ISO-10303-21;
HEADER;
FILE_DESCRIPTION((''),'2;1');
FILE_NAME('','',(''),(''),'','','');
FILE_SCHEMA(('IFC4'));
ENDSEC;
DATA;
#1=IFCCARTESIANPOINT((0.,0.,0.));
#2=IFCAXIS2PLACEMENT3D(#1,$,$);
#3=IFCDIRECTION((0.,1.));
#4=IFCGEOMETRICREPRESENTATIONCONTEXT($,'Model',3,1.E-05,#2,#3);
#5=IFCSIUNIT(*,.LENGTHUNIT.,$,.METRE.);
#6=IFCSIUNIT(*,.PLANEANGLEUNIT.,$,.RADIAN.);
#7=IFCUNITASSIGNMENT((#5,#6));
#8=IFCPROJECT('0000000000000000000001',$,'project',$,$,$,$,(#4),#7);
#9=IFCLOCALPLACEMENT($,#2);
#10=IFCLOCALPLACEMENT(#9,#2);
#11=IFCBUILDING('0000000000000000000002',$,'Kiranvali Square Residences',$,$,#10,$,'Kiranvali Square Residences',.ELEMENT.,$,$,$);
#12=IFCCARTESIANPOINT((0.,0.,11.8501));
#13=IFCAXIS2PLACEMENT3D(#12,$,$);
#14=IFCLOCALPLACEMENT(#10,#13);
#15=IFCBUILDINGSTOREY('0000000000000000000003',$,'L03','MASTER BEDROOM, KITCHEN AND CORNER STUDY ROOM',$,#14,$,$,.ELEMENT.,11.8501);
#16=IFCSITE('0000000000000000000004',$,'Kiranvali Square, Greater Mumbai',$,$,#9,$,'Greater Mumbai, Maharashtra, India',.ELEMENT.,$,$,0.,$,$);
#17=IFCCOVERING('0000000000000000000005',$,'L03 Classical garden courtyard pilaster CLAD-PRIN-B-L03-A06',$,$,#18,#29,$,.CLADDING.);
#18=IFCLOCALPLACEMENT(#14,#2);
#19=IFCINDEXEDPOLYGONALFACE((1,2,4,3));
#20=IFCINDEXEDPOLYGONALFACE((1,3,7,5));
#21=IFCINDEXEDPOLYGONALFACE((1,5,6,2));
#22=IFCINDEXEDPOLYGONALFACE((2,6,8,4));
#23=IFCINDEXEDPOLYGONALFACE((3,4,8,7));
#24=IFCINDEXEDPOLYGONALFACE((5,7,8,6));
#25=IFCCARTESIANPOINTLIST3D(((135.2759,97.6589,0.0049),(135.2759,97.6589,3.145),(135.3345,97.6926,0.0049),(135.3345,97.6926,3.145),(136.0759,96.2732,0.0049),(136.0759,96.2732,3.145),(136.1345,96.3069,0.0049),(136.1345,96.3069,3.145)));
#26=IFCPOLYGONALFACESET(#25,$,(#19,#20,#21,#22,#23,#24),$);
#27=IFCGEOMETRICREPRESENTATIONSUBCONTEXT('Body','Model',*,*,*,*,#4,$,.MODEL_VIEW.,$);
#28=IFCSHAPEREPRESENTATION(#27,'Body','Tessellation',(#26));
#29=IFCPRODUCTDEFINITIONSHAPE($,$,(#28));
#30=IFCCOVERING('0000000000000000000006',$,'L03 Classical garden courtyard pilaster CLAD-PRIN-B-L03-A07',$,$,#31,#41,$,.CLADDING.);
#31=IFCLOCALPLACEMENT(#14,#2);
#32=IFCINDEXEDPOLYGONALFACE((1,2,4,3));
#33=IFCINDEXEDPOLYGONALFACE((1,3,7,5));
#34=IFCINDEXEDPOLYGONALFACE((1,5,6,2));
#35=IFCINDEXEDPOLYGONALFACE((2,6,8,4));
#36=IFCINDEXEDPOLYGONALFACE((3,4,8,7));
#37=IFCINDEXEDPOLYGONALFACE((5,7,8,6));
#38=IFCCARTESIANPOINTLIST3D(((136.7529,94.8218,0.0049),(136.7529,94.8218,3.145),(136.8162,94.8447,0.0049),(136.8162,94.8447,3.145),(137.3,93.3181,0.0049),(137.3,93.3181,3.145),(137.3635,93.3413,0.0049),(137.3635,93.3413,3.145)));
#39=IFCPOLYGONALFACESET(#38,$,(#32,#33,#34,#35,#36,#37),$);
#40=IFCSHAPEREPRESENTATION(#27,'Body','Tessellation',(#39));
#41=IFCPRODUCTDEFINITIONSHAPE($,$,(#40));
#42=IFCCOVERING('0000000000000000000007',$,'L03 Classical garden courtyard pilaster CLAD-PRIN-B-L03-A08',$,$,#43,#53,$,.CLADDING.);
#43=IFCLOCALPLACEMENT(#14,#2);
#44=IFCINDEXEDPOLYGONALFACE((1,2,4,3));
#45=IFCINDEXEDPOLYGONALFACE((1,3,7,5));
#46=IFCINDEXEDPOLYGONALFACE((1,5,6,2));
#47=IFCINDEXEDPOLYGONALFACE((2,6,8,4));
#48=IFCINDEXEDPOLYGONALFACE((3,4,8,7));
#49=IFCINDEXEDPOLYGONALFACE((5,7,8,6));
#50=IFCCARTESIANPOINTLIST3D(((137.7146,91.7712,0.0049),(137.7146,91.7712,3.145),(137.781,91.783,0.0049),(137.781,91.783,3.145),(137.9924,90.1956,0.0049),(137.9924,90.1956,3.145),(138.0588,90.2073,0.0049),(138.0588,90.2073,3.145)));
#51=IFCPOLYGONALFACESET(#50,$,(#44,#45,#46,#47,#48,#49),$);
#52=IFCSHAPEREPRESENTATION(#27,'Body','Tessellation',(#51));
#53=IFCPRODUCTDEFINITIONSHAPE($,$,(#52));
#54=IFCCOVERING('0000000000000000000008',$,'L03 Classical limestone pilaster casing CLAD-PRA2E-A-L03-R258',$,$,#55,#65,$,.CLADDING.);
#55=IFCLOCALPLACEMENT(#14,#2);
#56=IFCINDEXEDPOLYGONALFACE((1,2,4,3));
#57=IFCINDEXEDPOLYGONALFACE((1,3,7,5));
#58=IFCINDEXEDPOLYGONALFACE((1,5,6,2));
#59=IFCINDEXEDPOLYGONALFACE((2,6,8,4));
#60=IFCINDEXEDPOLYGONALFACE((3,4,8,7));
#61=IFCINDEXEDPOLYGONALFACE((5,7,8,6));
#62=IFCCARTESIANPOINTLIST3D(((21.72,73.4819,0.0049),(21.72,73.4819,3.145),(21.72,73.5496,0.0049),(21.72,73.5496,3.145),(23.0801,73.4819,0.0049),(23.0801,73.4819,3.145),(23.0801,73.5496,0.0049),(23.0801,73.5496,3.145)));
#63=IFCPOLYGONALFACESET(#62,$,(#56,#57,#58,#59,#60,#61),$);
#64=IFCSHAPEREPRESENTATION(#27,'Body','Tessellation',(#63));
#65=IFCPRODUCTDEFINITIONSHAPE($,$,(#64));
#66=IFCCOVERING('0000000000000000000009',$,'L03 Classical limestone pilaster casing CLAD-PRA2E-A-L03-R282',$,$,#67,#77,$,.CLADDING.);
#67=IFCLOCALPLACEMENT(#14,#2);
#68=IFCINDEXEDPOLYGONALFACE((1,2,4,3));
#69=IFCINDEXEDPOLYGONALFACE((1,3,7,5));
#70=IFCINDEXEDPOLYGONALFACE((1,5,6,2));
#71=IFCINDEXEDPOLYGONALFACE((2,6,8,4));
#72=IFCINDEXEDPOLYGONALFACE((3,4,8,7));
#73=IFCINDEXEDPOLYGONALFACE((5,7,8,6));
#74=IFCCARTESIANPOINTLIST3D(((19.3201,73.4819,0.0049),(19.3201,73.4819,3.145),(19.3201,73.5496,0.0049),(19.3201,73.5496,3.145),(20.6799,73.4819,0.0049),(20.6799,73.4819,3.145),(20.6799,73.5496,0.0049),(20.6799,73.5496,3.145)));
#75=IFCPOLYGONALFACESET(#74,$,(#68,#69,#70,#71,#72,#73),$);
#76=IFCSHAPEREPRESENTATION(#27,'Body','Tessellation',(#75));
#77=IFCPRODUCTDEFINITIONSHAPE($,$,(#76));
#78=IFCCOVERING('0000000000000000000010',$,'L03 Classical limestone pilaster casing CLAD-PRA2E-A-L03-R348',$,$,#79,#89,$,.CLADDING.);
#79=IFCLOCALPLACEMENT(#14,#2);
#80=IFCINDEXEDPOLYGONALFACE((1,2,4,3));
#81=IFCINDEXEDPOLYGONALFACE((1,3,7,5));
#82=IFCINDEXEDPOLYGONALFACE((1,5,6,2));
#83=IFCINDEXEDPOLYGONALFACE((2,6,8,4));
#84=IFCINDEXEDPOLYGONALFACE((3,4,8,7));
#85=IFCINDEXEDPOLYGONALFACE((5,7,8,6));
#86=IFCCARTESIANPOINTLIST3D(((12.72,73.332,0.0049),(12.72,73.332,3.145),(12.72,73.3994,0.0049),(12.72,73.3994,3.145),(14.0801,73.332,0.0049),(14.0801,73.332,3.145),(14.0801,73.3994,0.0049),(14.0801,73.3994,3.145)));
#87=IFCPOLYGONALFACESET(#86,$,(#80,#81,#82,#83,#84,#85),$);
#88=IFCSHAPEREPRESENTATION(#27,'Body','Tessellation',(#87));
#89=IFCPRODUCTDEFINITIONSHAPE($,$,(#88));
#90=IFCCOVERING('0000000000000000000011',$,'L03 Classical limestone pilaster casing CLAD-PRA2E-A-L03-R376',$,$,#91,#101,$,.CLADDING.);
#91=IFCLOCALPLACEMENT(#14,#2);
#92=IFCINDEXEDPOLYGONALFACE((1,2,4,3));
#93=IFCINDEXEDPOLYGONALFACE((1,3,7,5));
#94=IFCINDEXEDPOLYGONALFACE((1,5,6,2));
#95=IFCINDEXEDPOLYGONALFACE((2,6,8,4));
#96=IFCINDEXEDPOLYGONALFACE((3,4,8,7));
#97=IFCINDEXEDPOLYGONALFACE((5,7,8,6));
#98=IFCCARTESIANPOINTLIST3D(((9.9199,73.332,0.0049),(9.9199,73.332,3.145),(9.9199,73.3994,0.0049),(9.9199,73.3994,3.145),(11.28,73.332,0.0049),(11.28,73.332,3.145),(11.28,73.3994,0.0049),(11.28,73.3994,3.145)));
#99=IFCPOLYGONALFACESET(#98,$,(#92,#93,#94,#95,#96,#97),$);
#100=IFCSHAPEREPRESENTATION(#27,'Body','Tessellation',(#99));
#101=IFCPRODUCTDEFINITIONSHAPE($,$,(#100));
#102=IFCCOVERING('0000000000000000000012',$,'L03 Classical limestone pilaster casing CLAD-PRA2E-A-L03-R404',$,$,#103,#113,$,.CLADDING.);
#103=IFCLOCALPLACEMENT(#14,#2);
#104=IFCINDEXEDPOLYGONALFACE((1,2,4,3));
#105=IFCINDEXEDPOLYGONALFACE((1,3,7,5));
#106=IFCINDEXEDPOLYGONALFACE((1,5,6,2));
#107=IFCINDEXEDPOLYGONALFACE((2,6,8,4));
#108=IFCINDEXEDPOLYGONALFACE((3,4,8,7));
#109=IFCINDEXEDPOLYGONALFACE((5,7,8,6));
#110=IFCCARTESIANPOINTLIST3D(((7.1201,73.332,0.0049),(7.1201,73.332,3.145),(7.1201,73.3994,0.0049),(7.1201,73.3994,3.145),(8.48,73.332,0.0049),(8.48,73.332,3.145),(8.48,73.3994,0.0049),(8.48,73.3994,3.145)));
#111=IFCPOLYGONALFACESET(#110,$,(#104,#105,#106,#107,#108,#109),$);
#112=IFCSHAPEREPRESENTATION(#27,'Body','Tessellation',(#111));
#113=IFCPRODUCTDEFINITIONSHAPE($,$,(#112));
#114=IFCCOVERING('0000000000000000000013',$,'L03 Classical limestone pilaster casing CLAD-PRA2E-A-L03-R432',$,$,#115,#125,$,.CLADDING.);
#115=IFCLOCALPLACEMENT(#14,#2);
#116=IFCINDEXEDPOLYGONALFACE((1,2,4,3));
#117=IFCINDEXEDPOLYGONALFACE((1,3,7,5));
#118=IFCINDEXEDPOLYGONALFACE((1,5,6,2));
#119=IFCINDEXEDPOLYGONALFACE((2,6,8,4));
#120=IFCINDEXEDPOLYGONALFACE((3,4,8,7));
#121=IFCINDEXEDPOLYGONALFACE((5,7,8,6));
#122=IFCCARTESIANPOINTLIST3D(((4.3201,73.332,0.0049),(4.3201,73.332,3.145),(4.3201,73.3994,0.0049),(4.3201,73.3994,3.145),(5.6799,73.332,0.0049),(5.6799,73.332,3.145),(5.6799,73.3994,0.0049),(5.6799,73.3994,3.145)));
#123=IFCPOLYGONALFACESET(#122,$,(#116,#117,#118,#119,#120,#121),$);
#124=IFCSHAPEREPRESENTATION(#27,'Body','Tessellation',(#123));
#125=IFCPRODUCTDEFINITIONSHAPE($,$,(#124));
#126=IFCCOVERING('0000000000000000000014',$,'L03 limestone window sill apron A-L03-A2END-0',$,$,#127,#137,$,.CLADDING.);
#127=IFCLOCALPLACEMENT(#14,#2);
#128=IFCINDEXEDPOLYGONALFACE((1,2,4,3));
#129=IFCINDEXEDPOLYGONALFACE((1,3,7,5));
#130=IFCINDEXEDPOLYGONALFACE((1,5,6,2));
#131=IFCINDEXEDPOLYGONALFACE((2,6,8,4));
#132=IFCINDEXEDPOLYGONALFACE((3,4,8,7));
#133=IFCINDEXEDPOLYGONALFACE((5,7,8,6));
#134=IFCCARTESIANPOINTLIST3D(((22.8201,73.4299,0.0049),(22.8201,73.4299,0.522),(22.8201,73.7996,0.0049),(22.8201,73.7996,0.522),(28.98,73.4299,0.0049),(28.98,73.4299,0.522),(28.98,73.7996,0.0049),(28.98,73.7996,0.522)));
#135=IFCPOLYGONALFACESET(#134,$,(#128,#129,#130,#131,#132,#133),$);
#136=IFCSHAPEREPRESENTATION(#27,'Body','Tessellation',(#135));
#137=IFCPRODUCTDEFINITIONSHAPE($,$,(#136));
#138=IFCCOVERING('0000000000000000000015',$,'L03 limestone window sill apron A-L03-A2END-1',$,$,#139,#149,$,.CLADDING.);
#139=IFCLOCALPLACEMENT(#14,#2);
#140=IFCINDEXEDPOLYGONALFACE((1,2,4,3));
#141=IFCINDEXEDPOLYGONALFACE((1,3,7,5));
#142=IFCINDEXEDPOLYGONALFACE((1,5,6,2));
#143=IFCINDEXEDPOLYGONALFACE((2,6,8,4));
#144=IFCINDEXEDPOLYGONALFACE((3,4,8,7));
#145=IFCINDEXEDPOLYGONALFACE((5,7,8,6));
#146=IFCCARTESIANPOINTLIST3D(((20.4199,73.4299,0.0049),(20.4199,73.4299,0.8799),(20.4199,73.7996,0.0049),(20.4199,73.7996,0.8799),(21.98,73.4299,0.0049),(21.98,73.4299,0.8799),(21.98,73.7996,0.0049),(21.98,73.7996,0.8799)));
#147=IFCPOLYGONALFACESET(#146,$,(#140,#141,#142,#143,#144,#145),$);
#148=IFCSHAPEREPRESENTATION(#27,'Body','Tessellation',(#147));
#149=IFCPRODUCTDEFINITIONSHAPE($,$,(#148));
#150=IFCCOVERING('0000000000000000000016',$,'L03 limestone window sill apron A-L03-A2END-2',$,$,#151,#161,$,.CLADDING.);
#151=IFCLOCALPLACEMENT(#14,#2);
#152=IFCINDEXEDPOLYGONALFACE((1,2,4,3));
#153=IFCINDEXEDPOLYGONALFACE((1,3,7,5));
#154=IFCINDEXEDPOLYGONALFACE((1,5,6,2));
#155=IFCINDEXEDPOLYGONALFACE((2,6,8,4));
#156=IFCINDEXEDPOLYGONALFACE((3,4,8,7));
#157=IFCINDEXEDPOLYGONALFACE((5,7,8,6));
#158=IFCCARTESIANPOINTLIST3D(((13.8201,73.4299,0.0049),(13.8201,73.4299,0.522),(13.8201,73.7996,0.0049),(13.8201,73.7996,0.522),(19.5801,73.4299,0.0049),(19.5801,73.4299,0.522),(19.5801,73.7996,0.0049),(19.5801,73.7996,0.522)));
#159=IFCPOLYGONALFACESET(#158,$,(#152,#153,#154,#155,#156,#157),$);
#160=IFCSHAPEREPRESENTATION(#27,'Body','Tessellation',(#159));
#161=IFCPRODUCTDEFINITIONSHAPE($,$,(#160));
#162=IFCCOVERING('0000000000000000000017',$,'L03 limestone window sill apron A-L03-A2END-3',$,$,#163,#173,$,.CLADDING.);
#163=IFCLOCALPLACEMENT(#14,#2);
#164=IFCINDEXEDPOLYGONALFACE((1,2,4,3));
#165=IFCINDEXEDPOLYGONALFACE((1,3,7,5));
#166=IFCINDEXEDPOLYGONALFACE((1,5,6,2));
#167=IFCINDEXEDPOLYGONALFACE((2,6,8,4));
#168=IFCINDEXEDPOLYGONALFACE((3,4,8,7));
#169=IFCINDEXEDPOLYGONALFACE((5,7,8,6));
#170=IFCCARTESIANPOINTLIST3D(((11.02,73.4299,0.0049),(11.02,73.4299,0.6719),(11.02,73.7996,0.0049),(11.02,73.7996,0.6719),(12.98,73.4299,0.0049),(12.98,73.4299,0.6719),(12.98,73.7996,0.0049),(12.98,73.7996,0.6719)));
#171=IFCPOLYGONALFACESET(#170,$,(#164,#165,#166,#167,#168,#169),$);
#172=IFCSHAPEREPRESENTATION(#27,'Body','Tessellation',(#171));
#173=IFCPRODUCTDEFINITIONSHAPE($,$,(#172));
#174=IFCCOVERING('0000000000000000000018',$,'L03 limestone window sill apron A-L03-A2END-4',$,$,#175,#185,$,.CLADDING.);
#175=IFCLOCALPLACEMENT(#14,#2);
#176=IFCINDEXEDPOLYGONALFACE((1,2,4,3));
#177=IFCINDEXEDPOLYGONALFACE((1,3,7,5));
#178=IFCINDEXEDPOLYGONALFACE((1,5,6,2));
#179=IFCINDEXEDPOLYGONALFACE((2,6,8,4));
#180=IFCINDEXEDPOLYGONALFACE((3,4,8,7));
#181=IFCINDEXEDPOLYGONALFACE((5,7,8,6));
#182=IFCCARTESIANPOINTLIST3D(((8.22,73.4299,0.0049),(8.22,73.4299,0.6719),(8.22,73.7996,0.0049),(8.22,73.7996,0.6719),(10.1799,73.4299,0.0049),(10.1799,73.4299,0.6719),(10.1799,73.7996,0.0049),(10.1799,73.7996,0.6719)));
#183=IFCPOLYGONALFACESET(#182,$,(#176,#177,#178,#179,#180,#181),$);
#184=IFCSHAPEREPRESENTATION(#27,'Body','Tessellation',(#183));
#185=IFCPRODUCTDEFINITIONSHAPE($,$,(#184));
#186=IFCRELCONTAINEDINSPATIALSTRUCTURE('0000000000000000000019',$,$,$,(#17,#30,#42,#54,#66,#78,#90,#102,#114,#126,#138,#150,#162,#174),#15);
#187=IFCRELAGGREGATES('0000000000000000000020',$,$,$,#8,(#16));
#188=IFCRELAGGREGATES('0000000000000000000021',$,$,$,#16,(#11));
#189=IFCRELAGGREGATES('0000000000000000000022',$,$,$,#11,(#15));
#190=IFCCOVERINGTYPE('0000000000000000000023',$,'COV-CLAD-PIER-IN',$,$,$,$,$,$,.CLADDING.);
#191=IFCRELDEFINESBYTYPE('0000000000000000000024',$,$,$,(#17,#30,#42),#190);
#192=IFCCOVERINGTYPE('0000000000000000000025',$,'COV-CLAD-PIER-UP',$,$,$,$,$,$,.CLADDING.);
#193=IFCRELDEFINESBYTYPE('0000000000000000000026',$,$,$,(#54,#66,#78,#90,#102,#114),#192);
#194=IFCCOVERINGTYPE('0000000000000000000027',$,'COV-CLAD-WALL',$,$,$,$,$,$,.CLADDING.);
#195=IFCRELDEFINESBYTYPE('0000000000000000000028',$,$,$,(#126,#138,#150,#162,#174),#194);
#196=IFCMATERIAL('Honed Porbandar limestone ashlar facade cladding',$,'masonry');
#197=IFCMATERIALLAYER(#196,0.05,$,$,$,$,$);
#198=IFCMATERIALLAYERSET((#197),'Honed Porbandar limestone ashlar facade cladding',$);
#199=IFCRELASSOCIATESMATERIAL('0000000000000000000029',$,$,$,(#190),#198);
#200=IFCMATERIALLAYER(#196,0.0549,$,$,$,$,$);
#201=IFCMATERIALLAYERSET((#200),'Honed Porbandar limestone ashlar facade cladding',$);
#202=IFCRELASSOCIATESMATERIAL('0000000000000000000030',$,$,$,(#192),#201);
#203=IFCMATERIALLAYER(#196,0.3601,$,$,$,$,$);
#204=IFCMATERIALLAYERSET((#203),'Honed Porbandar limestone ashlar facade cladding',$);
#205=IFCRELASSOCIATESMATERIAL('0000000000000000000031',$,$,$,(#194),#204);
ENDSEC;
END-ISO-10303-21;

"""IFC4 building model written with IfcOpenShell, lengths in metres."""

from ifc_helpers import new_model, si_unit, direction, frame, origin, place, context, subcontext, project, spatial, polyline, outline, extrude, material, layer, layer_set, type_object, element, save


model = new_model("IFC4")

# Units and contexts
model_context = context("Model", 3, precision=1e-05, world=origin(), true_north=direction((0.0, 1.0)))
body_context = subcontext(model_context, "Body", "Model", "MODEL_VIEW")
ifc_project = project(units=[si_unit("LENGTHUNIT", "METRE"), si_unit("PLANEANGLEUNIT", "RADIAN")], contexts=[model_context])

# Site, building, storey
site_placement = place(None, origin())
site = spatial("IfcSite", under=ifc_project, at=site_placement, Name="Kiranvali Square, Greater Mumbai", LongName="Greater Mumbai, Maharashtra, India", CompositionType="ELEMENT", RefElevation=0.0)
building_placement = place(site_placement, origin())
building = spatial("IfcBuilding", under=site, at=building_placement, Name="Kiranvali Square Residences", LongName="Kiranvali Square Residences", CompositionType="ELEMENT")
storey_placement = place(building_placement, frame((0.0, 0.0, 11.8501)))
storey = spatial("IfcBuildingStorey", under=building, at=storey_placement, Name="L03", Description="MASTER BEDROOM, KITCHEN AND CORNER STUDY ROOM", CompositionType="ELEMENT", Elevation=11.8501)

# Coverings
ifc_material = material(Name="Honed Porbandar limestone ashlar facade cladding", Category="masonry")
ifc_layer_1 = layer(ifc_material, 0.05)
ifc_layer_set_1 = layer_set([ifc_layer_1], Name="Honed Porbandar limestone ashlar facade cladding")
covering_type_1 = type_object("IfcCoveringType", Name="COV-CLAD-PIER-IN", PredefinedType="CLADDING", material=ifc_layer_set_1)
covering_1_placement = place(storey_placement, frame((0.0, 0.0, 0.0049)))
element("IfcCovering", 1, at=covering_1_placement, inside=storey, type_object=covering_type_1, Name="L03 Classical garden courtyard pilaster CLAD-PRIN-B-L03-A06", PredefinedType="CLADDING", context=body_context, shape_type="SweptSolid", body=[
    extrude(outline(polyline([(135.2759, 97.6589), (136.0759, 96.2732), (136.1345, 96.3069), (135.3345, 97.6926), (135.2759, 97.6589)])), origin(), (0.0, 0.0, 1.0), 3.1401),
])
covering_2_placement = place(storey_placement, frame((0.0, 0.0, 0.0049)))
element("IfcCovering", 2, at=covering_2_placement, inside=storey, type_object=covering_type_1, Name="L03 Classical garden courtyard pilaster CLAD-PRIN-B-L03-A07", PredefinedType="CLADDING", context=body_context, shape_type="SweptSolid", body=[
    extrude(outline(polyline([(136.7529, 94.8218), (137.3, 93.3181), (137.3635, 93.3413), (136.8162, 94.8447), (136.7529, 94.8218)])), origin(), (0.0, 0.0, 1.0), 3.1401),
])
covering_3_placement = place(storey_placement, frame((0.0, 0.0, 0.0049)))
element("IfcCovering", 3, at=covering_3_placement, inside=storey, type_object=covering_type_1, Name="L03 Classical garden courtyard pilaster CLAD-PRIN-B-L03-A08", PredefinedType="CLADDING", context=body_context, shape_type="SweptSolid", body=[
    extrude(outline(polyline([(137.7146, 91.7712), (137.9924, 90.1956), (138.0588, 90.2073), (137.781, 91.783), (137.7146, 91.7712)])), origin(), (0.0, 0.0, 1.0), 3.1401),
])
ifc_layer_2 = layer(ifc_material, 0.0549)
ifc_layer_set_2 = layer_set([ifc_layer_2], Name="Honed Porbandar limestone ashlar facade cladding")
covering_type_2 = type_object("IfcCoveringType", Name="COV-CLAD-PIER-UP", PredefinedType="CLADDING", material=ifc_layer_set_2)
covering_4_placement = place(storey_placement, frame((0.0, 0.0, 0.0049)))
element("IfcCovering", 4, at=covering_4_placement, inside=storey, type_object=covering_type_2, Name="L03 Classical limestone pilaster casing CLAD-PRA2E-A-L03-R258", PredefinedType="CLADDING", context=body_context, shape_type="SweptSolid", body=[
    extrude(outline(polyline([(23.0801, 73.5496), (21.72, 73.5496), (21.72, 73.4819), (23.0801, 73.4819), (23.0801, 73.5496)])), origin(), (0.0, 0.0, 1.0), 3.1401),
])
covering_5_placement = place(storey_placement, frame((0.0, 0.0, 0.0049)))
element("IfcCovering", 5, at=covering_5_placement, inside=storey, type_object=covering_type_2, Name="L03 Classical limestone pilaster casing CLAD-PRA2E-A-L03-R282", PredefinedType="CLADDING", context=body_context, shape_type="SweptSolid", body=[
    extrude(outline(polyline([(20.6799, 73.5496), (19.3201, 73.5496), (19.3201, 73.4819), (20.6799, 73.4819), (20.6799, 73.5496)])), origin(), (0.0, 0.0, 1.0), 3.1401),
])
covering_6_placement = place(storey_placement, frame((0.0, 0.0, 0.0049)))
element("IfcCovering", 6, at=covering_6_placement, inside=storey, type_object=covering_type_2, Name="L03 Classical limestone pilaster casing CLAD-PRA2E-A-L03-R348", PredefinedType="CLADDING", context=body_context, shape_type="SweptSolid", body=[
    extrude(outline(polyline([(14.0801, 73.3994), (12.72, 73.3994), (12.72, 73.332), (14.0801, 73.332), (14.0801, 73.3994)])), origin(), (0.0, 0.0, 1.0), 3.1401),
])
covering_7_placement = place(storey_placement, frame((0.0, 0.0, 0.0049)))
element("IfcCovering", 7, at=covering_7_placement, inside=storey, type_object=covering_type_2, Name="L03 Classical limestone pilaster casing CLAD-PRA2E-A-L03-R376", PredefinedType="CLADDING", context=body_context, shape_type="SweptSolid", body=[
    extrude(outline(polyline([(11.28, 73.3994), (9.9199, 73.3994), (9.9199, 73.332), (11.28, 73.332), (11.28, 73.3994)])), origin(), (0.0, 0.0, 1.0), 3.1401),
])
covering_8_placement = place(storey_placement, frame((0.0, 0.0, 0.0049)))
element("IfcCovering", 8, at=covering_8_placement, inside=storey, type_object=covering_type_2, Name="L03 Classical limestone pilaster casing CLAD-PRA2E-A-L03-R404", PredefinedType="CLADDING", context=body_context, shape_type="SweptSolid", body=[
    extrude(outline(polyline([(8.48, 73.3994), (7.1201, 73.3994), (7.1201, 73.332), (8.48, 73.332), (8.48, 73.3994)])), origin(), (0.0, 0.0, 1.0), 3.1401),
])
covering_9_placement = place(storey_placement, frame((0.0, 0.0, 0.0049)))
element("IfcCovering", 9, at=covering_9_placement, inside=storey, type_object=covering_type_2, Name="L03 Classical limestone pilaster casing CLAD-PRA2E-A-L03-R432", PredefinedType="CLADDING", context=body_context, shape_type="SweptSolid", body=[
    extrude(outline(polyline([(5.6799, 73.3994), (4.3201, 73.3994), (4.3201, 73.332), (5.6799, 73.332), (5.6799, 73.3994)])), origin(), (0.0, 0.0, 1.0), 3.1401),
])
ifc_layer_3 = layer(ifc_material, 0.3601)
ifc_layer_set_3 = layer_set([ifc_layer_3], Name="Honed Porbandar limestone ashlar facade cladding")
covering_type_3 = type_object("IfcCoveringType", Name="COV-CLAD-WALL", PredefinedType="CLADDING", material=ifc_layer_set_3)
covering_10_placement = place(storey_placement, frame((0.0, 0.0, 0.0049)))
element("IfcCovering", 10, at=covering_10_placement, inside=storey, type_object=covering_type_3, Name="L03 limestone window sill apron A-L03-A2END-0", PredefinedType="CLADDING", context=body_context, shape_type="SweptSolid", body=[
    extrude(outline(polyline([(28.98, 73.7996), (22.8201, 73.7996), (22.8201, 73.4299), (28.98, 73.4299), (28.98, 73.7996)])), origin(), (0.0, 0.0, 1.0), 0.5171),
])
covering_11_placement = place(storey_placement, frame((0.0, 0.0, 0.0049)))
element("IfcCovering", 11, at=covering_11_placement, inside=storey, type_object=covering_type_3, Name="L03 limestone window sill apron A-L03-A2END-1", PredefinedType="CLADDING", context=body_context, shape_type="SweptSolid", body=[
    extrude(outline(polyline([(21.98, 73.7996), (20.4199, 73.7996), (20.4199, 73.4299), (21.98, 73.4299), (21.98, 73.7996)])), origin(), (0.0, 0.0, 1.0), 0.875),
])
covering_12_placement = place(storey_placement, frame((0.0, 0.0, 0.0049)))
element("IfcCovering", 12, at=covering_12_placement, inside=storey, type_object=covering_type_3, Name="L03 limestone window sill apron A-L03-A2END-2", PredefinedType="CLADDING", context=body_context, shape_type="SweptSolid", body=[
    extrude(outline(polyline([(19.5801, 73.7996), (13.8201, 73.7996), (13.8201, 73.4299), (19.5801, 73.4299), (19.5801, 73.7996)])), origin(), (0.0, 0.0, 1.0), 0.5171),
])
covering_13_placement = place(storey_placement, frame((0.0, 0.0, 0.0049)))
element("IfcCovering", 13, at=covering_13_placement, inside=storey, type_object=covering_type_3, Name="L03 limestone window sill apron A-L03-A2END-3", PredefinedType="CLADDING", context=body_context, shape_type="SweptSolid", body=[
    extrude(outline(polyline([(12.98, 73.7996), (11.02, 73.7996), (11.02, 73.4299), (12.98, 73.4299), (12.98, 73.7996)])), origin(), (0.0, 0.0, 1.0), 0.667),
])
covering_14_placement = place(storey_placement, frame((0.0, 0.0, 0.0049)))
element("IfcCovering", 14, at=covering_14_placement, inside=storey, type_object=covering_type_3, Name="L03 limestone window sill apron A-L03-A2END-4", PredefinedType="CLADDING", context=body_context, shape_type="SweptSolid", body=[
    extrude(outline(polyline([(10.1799, 73.7996), (8.22, 73.7996), (8.22, 73.4299), (10.1799, 73.4299), (10.1799, 73.7996)])), origin(), (0.0, 0.0, 1.0), 0.667),
])

save(model, "model.ifc")
